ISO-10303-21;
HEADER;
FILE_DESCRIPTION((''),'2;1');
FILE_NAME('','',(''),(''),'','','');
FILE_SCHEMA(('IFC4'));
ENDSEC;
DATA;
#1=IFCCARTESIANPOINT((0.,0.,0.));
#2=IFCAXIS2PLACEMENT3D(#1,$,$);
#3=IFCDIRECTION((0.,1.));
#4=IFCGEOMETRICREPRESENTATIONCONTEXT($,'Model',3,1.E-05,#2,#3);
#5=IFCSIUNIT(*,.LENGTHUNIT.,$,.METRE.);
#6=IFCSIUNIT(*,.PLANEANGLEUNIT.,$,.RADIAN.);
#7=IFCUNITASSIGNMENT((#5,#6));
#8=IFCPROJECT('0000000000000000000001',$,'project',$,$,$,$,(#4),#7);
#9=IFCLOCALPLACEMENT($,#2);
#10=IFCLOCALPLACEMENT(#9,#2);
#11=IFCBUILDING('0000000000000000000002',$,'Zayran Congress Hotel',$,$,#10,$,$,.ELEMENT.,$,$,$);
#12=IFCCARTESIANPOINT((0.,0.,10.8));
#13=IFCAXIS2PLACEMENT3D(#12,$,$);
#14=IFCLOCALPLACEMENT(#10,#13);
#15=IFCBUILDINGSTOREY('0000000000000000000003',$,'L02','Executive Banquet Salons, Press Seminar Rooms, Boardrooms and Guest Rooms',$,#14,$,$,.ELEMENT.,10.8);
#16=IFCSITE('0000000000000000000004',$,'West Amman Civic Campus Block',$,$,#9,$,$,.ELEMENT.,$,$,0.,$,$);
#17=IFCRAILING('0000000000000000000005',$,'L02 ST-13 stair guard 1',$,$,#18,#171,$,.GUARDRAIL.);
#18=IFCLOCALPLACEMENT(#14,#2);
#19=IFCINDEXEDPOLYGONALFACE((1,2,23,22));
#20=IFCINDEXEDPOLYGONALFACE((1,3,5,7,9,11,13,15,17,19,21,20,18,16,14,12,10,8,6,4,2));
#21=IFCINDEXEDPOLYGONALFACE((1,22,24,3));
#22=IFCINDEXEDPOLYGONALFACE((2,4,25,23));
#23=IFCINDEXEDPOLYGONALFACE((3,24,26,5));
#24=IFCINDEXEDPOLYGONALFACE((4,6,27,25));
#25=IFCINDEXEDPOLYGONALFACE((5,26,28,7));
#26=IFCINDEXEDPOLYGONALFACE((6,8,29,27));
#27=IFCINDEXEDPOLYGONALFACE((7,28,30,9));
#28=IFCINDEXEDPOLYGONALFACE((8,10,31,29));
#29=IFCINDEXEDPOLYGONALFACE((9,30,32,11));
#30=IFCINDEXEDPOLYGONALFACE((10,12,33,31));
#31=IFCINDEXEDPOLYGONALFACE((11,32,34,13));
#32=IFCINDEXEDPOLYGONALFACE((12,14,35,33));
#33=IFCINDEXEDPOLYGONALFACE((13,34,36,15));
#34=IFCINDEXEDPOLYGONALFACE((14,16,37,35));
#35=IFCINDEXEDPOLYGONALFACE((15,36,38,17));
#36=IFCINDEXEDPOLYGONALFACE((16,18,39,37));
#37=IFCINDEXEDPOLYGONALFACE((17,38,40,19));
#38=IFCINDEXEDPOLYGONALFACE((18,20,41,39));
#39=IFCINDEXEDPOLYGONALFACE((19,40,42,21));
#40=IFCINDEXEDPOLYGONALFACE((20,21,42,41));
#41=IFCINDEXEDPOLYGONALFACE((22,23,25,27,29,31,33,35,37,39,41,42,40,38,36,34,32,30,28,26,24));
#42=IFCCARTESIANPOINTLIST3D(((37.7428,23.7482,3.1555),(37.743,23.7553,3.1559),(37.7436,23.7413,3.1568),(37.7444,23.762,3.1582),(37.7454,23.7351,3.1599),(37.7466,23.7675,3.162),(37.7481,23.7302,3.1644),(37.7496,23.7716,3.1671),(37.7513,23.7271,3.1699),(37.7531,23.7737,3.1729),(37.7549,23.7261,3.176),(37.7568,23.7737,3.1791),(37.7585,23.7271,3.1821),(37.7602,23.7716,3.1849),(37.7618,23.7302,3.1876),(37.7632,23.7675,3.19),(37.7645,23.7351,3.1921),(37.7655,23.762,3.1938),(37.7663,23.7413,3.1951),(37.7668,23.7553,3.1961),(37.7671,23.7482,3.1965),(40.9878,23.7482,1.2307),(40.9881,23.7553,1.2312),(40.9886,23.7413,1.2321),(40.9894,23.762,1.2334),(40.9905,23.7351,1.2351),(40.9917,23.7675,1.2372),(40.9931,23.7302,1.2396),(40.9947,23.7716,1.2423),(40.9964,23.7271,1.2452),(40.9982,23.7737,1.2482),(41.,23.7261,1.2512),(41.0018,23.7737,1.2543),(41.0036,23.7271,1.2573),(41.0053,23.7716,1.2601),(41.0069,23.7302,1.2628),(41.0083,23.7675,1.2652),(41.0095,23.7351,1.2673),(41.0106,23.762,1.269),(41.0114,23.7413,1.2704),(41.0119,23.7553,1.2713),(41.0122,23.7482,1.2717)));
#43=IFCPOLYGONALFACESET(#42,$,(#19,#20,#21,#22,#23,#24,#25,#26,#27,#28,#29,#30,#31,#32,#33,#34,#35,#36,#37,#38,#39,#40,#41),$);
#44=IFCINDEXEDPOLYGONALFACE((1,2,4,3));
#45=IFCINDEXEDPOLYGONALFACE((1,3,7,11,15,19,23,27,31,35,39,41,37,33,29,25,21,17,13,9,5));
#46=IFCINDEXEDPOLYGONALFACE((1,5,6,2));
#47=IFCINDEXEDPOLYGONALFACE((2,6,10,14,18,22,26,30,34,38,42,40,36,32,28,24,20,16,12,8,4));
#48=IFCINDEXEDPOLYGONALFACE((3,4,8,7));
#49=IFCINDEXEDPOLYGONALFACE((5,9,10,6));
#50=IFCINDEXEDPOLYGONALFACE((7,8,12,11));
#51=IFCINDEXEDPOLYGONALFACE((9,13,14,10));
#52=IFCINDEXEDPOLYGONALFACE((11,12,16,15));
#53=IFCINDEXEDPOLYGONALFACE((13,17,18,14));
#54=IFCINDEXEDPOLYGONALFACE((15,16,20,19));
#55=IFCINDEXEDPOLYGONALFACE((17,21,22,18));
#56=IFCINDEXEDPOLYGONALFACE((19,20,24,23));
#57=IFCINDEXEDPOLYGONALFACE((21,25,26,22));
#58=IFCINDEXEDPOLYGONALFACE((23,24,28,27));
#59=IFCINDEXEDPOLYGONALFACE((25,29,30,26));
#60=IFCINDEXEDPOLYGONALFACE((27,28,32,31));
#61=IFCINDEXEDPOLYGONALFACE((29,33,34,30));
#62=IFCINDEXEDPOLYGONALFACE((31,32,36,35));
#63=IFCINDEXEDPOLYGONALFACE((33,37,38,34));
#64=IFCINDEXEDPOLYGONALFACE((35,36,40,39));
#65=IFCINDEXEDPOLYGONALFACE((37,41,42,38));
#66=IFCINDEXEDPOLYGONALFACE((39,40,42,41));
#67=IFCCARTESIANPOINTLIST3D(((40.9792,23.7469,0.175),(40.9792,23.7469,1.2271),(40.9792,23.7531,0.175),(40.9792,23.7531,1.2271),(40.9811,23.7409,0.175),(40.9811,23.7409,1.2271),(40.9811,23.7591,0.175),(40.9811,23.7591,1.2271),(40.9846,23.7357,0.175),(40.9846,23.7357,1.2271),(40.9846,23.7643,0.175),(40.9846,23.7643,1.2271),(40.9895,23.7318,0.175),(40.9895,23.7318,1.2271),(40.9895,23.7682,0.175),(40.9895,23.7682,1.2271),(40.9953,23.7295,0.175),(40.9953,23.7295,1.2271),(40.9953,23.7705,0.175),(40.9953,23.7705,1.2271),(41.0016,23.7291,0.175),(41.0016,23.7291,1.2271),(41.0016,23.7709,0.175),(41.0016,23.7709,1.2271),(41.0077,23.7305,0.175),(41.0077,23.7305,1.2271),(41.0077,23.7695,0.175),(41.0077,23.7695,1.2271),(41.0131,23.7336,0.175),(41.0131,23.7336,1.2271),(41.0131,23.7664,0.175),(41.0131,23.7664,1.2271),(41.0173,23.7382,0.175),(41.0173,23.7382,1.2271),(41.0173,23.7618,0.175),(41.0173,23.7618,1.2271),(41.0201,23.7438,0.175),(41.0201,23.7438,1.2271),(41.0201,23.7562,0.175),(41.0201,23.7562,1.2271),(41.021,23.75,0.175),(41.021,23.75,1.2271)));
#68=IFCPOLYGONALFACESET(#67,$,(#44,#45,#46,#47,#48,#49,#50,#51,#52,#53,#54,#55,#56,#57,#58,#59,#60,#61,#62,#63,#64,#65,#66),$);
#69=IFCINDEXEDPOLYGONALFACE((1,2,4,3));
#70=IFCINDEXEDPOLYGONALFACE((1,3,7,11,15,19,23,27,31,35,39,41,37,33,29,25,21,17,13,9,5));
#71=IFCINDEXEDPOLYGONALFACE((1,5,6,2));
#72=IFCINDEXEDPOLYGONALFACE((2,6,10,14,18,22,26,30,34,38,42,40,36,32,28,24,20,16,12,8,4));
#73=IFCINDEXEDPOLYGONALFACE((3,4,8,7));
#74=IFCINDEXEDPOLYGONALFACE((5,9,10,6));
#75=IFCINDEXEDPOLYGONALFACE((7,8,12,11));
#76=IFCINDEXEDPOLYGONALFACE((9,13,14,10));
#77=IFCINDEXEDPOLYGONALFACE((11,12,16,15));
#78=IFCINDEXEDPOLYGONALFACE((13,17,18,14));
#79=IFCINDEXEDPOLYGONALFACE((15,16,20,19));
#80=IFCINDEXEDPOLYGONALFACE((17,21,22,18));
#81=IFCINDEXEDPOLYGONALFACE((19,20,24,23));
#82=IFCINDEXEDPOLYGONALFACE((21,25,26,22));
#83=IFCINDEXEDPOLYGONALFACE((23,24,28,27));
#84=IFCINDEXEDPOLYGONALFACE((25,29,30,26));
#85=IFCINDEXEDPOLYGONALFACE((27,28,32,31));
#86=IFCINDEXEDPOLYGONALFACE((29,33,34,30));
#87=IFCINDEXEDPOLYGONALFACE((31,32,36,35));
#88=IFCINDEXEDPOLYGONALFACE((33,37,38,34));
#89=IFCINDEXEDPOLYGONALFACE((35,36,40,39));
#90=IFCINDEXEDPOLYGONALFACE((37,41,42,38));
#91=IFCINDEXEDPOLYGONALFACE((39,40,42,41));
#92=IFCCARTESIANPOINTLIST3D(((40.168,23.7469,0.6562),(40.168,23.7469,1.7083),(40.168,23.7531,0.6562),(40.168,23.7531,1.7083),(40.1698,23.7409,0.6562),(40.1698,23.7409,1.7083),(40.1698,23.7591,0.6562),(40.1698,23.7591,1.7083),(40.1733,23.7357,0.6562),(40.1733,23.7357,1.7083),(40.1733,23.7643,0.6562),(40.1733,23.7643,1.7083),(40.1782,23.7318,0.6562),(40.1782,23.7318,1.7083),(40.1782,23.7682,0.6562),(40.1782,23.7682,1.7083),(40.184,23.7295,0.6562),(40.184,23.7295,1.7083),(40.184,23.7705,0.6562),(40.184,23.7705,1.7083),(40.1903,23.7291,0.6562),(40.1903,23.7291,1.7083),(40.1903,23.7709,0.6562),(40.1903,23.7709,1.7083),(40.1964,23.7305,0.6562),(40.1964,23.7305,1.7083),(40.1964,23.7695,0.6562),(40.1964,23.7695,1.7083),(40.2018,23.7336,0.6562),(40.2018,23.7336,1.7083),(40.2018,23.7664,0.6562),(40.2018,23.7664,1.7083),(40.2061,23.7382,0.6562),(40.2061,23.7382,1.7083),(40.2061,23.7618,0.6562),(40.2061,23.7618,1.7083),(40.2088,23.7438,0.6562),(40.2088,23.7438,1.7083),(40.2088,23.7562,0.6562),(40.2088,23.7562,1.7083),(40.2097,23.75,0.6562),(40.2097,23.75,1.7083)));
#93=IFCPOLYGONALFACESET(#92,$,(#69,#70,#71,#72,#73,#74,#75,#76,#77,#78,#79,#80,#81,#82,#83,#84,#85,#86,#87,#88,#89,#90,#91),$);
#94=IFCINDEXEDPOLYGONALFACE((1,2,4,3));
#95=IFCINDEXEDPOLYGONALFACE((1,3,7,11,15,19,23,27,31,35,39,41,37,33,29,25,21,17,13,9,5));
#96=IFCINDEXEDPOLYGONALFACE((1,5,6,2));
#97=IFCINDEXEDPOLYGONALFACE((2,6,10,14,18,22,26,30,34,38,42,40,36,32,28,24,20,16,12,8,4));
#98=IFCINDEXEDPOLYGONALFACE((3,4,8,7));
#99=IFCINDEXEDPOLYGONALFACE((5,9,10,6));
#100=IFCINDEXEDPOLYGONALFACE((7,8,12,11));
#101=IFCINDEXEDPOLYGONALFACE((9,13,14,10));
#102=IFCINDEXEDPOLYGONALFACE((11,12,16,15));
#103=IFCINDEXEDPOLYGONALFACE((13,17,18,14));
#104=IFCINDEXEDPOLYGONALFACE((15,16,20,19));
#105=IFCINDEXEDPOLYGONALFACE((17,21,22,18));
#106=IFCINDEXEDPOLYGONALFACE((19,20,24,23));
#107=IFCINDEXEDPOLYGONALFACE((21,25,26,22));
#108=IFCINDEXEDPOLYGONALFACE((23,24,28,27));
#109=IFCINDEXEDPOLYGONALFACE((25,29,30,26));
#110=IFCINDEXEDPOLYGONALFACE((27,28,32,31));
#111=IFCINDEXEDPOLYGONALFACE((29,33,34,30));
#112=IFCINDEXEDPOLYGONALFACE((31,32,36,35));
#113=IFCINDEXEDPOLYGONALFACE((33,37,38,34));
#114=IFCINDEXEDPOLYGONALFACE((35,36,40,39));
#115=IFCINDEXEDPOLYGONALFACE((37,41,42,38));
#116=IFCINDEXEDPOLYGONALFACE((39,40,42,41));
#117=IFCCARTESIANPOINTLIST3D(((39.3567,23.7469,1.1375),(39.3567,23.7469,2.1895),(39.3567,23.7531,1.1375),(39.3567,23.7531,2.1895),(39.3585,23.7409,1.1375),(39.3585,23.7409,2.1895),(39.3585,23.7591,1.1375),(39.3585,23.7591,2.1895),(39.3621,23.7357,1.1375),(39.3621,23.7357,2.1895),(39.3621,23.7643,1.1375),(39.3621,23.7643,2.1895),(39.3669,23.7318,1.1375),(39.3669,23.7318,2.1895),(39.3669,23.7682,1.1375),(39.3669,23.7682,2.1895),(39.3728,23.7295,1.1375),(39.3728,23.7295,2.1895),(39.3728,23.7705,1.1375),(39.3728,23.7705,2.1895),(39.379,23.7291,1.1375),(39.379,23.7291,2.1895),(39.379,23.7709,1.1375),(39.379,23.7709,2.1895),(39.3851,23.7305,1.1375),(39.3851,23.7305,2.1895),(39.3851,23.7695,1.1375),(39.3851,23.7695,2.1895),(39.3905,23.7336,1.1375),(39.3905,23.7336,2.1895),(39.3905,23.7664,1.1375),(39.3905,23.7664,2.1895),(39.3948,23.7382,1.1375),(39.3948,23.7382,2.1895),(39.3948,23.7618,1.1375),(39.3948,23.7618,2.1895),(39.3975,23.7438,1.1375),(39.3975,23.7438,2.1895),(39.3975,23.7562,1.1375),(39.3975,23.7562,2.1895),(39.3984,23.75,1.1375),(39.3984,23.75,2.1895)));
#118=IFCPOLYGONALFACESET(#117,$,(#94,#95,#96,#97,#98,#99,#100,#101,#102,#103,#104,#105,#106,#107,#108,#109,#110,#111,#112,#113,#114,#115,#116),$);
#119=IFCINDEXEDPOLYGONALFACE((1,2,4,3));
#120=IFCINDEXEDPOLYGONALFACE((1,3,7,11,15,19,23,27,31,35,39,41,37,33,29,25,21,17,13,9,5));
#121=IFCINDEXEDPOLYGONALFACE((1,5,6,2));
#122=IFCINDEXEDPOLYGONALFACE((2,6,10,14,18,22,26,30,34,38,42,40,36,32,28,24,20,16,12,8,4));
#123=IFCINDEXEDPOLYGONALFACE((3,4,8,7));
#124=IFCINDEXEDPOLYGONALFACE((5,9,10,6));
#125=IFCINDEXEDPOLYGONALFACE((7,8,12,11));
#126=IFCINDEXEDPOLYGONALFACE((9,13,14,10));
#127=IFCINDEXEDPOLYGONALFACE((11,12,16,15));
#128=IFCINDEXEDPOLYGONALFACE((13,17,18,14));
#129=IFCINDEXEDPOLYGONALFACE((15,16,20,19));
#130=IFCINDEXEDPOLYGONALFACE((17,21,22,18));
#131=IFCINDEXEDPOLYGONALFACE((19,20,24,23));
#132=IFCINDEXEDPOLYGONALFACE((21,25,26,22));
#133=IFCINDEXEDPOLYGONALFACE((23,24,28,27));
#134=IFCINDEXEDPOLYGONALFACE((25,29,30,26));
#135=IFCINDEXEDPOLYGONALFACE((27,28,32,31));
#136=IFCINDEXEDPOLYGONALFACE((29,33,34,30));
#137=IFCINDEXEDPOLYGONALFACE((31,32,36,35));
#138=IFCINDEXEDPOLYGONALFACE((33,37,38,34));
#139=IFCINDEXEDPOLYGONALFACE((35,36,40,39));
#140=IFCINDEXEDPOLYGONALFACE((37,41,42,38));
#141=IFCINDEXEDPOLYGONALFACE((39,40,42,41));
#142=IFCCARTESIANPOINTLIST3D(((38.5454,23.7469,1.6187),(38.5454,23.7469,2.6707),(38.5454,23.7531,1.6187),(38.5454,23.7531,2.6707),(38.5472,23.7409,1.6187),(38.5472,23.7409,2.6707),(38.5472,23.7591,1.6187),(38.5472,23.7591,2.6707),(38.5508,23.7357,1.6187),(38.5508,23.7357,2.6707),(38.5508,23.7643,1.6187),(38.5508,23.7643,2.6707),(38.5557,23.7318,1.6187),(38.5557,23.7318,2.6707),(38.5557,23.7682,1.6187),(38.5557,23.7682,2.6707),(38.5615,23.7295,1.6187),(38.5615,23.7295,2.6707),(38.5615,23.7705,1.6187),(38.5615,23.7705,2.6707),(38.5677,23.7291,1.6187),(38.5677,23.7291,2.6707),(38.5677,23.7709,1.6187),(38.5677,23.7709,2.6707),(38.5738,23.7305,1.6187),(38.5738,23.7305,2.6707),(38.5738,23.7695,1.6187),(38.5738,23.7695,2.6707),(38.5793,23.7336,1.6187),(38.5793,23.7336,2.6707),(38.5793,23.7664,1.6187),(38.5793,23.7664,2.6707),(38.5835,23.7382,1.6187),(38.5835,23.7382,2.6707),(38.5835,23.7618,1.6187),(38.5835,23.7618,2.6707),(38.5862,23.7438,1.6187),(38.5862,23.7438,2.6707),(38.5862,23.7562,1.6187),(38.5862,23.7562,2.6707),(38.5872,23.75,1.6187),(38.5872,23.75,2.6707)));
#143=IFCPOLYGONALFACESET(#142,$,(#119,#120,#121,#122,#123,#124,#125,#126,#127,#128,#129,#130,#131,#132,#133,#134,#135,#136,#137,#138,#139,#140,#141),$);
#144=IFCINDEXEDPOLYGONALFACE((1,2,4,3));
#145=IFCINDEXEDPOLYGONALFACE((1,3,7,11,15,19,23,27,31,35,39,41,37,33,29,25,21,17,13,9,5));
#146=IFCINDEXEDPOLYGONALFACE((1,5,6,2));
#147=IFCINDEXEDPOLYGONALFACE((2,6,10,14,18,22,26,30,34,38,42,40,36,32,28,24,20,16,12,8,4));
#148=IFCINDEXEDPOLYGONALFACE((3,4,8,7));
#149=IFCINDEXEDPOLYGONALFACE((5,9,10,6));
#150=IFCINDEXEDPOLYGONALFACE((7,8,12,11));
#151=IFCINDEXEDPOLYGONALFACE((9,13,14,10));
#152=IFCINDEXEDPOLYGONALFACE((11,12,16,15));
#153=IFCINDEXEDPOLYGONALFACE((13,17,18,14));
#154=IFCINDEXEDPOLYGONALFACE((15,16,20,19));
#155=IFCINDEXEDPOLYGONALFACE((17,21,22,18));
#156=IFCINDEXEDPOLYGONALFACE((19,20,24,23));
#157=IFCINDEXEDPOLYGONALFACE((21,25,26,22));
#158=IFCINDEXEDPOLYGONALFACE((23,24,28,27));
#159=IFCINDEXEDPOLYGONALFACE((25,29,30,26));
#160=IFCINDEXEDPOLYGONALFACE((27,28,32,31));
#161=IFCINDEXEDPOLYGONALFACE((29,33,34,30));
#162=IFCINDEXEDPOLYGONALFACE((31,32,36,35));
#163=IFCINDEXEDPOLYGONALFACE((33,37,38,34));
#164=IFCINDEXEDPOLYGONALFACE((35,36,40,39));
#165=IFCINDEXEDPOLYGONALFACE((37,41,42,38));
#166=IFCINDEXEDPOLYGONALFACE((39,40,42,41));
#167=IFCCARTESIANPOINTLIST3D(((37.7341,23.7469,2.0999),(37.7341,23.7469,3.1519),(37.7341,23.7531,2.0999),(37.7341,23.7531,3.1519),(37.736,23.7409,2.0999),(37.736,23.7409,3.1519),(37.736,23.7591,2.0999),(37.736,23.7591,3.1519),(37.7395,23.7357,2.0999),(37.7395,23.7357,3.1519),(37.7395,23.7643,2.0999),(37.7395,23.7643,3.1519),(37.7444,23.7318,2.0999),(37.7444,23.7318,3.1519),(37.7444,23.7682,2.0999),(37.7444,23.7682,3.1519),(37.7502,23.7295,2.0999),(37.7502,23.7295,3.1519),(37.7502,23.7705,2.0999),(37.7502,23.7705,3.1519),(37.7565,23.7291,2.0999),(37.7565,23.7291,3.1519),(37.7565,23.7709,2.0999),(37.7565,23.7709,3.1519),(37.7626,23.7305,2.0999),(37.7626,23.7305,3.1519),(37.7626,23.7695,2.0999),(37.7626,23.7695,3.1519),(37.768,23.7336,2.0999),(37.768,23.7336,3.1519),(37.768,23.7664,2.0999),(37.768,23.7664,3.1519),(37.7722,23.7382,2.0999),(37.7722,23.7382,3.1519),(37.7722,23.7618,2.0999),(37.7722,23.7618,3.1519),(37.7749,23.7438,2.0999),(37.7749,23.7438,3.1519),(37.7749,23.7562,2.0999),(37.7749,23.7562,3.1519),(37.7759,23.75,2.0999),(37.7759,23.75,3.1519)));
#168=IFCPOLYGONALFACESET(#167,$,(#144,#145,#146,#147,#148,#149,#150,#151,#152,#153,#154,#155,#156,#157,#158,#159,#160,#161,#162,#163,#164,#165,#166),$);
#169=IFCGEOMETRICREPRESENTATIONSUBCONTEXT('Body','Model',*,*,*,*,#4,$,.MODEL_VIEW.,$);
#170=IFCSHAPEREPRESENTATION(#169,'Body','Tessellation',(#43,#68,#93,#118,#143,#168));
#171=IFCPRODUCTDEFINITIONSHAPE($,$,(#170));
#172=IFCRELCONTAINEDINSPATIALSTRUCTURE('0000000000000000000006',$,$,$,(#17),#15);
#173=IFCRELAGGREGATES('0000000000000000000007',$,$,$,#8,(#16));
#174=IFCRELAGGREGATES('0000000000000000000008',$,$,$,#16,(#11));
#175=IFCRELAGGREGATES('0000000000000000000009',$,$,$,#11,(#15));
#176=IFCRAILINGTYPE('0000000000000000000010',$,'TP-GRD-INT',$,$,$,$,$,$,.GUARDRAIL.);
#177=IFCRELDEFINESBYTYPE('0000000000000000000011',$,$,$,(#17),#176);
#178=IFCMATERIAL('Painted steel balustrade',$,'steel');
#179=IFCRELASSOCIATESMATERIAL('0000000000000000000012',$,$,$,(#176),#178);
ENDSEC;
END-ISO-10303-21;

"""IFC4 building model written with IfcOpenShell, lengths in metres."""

from ifc_helpers import new_model, si_unit, direction, frame, origin, origin_2d, place, context, subcontext, project, spatial, circle, extrude, material, type_object, element, save


model = new_model("IFC4")

# Units and contexts
model_context = context("Model", 3, precision=1e-05, world=origin(), true_north=direction((0.0, 1.0)))
body_context = subcontext(model_context, "Body", "Model", "MODEL_VIEW")
ifc_project = project(units=[si_unit("LENGTHUNIT", "METRE"), si_unit("PLANEANGLEUNIT", "RADIAN")], contexts=[model_context])

# Site, building, storey
site_placement = place(None, origin())
site = spatial("IfcSite", under=ifc_project, at=site_placement, Name="West Amman Civic Campus Block", CompositionType="ELEMENT", RefElevation=0.0)
building_placement = place(site_placement, origin())
building = spatial("IfcBuilding", under=site, at=building_placement, Name="Zayran Congress Hotel", CompositionType="ELEMENT")
storey_placement = place(building_placement, frame((0.0, 0.0, 10.8)))
storey = spatial("IfcBuildingStorey", under=building, at=storey_placement, Name="L02", Description="Executive Banquet Salons, Press Seminar Rooms, Boardrooms and Guest Rooms", CompositionType="ELEMENT", Elevation=10.8)

# Railing
ifc_material_1 = material(Name="Painted steel balustrade", Category="steel")
railing_type_1 = type_object("IfcRailingType", Name="TP-GRD-INT", PredefinedType="GUARDRAIL", material=ifc_material_1)
railing_1_placement = place(storey_placement, frame((41.0, 23.75, 0.175)))
element("IfcRailing", 1, at=railing_1_placement, inside=storey, type_object=railing_type_1, Name="L02 ST-13 stair guard 1", PredefinedType="GUARDRAIL", context=body_context, shape_type="SweptSolid", body=[
    extrude(circle(Radius=0.0239, at=origin_2d()), frame((0.0, 0.0, 1.0762), z_axis=(-0.860085, 0.0, 0.51015), x_axis=(0.0, -1.0, 0.0)), (0.0, 0.0, 1.0), 3.7729),
    extrude(circle(Radius=0.021, at=origin_2d()), origin(), (0.0, 0.0, 1.0), 1.052),
    extrude(circle(Radius=0.021, at=origin_2d()), frame((-0.8113, 0.0, 0.4812)), (0.0, 0.0, 1.0), 1.052),
    extrude(circle(Radius=0.021, at=origin_2d()), frame((-1.6226, 0.0, 0.9624)), (0.0, 0.0, 1.0), 1.052),
    extrude(circle(Radius=0.021, at=origin_2d()), frame((-2.4338, 0.0, 1.4436)), (0.0, 0.0, 1.0), 1.052),
    extrude(circle(Radius=0.021, at=origin_2d()), frame((-3.2451, 0.0, 1.9248)), (0.0, 0.0, 1.0), 1.052),
])

save(model, "model.ifc")
